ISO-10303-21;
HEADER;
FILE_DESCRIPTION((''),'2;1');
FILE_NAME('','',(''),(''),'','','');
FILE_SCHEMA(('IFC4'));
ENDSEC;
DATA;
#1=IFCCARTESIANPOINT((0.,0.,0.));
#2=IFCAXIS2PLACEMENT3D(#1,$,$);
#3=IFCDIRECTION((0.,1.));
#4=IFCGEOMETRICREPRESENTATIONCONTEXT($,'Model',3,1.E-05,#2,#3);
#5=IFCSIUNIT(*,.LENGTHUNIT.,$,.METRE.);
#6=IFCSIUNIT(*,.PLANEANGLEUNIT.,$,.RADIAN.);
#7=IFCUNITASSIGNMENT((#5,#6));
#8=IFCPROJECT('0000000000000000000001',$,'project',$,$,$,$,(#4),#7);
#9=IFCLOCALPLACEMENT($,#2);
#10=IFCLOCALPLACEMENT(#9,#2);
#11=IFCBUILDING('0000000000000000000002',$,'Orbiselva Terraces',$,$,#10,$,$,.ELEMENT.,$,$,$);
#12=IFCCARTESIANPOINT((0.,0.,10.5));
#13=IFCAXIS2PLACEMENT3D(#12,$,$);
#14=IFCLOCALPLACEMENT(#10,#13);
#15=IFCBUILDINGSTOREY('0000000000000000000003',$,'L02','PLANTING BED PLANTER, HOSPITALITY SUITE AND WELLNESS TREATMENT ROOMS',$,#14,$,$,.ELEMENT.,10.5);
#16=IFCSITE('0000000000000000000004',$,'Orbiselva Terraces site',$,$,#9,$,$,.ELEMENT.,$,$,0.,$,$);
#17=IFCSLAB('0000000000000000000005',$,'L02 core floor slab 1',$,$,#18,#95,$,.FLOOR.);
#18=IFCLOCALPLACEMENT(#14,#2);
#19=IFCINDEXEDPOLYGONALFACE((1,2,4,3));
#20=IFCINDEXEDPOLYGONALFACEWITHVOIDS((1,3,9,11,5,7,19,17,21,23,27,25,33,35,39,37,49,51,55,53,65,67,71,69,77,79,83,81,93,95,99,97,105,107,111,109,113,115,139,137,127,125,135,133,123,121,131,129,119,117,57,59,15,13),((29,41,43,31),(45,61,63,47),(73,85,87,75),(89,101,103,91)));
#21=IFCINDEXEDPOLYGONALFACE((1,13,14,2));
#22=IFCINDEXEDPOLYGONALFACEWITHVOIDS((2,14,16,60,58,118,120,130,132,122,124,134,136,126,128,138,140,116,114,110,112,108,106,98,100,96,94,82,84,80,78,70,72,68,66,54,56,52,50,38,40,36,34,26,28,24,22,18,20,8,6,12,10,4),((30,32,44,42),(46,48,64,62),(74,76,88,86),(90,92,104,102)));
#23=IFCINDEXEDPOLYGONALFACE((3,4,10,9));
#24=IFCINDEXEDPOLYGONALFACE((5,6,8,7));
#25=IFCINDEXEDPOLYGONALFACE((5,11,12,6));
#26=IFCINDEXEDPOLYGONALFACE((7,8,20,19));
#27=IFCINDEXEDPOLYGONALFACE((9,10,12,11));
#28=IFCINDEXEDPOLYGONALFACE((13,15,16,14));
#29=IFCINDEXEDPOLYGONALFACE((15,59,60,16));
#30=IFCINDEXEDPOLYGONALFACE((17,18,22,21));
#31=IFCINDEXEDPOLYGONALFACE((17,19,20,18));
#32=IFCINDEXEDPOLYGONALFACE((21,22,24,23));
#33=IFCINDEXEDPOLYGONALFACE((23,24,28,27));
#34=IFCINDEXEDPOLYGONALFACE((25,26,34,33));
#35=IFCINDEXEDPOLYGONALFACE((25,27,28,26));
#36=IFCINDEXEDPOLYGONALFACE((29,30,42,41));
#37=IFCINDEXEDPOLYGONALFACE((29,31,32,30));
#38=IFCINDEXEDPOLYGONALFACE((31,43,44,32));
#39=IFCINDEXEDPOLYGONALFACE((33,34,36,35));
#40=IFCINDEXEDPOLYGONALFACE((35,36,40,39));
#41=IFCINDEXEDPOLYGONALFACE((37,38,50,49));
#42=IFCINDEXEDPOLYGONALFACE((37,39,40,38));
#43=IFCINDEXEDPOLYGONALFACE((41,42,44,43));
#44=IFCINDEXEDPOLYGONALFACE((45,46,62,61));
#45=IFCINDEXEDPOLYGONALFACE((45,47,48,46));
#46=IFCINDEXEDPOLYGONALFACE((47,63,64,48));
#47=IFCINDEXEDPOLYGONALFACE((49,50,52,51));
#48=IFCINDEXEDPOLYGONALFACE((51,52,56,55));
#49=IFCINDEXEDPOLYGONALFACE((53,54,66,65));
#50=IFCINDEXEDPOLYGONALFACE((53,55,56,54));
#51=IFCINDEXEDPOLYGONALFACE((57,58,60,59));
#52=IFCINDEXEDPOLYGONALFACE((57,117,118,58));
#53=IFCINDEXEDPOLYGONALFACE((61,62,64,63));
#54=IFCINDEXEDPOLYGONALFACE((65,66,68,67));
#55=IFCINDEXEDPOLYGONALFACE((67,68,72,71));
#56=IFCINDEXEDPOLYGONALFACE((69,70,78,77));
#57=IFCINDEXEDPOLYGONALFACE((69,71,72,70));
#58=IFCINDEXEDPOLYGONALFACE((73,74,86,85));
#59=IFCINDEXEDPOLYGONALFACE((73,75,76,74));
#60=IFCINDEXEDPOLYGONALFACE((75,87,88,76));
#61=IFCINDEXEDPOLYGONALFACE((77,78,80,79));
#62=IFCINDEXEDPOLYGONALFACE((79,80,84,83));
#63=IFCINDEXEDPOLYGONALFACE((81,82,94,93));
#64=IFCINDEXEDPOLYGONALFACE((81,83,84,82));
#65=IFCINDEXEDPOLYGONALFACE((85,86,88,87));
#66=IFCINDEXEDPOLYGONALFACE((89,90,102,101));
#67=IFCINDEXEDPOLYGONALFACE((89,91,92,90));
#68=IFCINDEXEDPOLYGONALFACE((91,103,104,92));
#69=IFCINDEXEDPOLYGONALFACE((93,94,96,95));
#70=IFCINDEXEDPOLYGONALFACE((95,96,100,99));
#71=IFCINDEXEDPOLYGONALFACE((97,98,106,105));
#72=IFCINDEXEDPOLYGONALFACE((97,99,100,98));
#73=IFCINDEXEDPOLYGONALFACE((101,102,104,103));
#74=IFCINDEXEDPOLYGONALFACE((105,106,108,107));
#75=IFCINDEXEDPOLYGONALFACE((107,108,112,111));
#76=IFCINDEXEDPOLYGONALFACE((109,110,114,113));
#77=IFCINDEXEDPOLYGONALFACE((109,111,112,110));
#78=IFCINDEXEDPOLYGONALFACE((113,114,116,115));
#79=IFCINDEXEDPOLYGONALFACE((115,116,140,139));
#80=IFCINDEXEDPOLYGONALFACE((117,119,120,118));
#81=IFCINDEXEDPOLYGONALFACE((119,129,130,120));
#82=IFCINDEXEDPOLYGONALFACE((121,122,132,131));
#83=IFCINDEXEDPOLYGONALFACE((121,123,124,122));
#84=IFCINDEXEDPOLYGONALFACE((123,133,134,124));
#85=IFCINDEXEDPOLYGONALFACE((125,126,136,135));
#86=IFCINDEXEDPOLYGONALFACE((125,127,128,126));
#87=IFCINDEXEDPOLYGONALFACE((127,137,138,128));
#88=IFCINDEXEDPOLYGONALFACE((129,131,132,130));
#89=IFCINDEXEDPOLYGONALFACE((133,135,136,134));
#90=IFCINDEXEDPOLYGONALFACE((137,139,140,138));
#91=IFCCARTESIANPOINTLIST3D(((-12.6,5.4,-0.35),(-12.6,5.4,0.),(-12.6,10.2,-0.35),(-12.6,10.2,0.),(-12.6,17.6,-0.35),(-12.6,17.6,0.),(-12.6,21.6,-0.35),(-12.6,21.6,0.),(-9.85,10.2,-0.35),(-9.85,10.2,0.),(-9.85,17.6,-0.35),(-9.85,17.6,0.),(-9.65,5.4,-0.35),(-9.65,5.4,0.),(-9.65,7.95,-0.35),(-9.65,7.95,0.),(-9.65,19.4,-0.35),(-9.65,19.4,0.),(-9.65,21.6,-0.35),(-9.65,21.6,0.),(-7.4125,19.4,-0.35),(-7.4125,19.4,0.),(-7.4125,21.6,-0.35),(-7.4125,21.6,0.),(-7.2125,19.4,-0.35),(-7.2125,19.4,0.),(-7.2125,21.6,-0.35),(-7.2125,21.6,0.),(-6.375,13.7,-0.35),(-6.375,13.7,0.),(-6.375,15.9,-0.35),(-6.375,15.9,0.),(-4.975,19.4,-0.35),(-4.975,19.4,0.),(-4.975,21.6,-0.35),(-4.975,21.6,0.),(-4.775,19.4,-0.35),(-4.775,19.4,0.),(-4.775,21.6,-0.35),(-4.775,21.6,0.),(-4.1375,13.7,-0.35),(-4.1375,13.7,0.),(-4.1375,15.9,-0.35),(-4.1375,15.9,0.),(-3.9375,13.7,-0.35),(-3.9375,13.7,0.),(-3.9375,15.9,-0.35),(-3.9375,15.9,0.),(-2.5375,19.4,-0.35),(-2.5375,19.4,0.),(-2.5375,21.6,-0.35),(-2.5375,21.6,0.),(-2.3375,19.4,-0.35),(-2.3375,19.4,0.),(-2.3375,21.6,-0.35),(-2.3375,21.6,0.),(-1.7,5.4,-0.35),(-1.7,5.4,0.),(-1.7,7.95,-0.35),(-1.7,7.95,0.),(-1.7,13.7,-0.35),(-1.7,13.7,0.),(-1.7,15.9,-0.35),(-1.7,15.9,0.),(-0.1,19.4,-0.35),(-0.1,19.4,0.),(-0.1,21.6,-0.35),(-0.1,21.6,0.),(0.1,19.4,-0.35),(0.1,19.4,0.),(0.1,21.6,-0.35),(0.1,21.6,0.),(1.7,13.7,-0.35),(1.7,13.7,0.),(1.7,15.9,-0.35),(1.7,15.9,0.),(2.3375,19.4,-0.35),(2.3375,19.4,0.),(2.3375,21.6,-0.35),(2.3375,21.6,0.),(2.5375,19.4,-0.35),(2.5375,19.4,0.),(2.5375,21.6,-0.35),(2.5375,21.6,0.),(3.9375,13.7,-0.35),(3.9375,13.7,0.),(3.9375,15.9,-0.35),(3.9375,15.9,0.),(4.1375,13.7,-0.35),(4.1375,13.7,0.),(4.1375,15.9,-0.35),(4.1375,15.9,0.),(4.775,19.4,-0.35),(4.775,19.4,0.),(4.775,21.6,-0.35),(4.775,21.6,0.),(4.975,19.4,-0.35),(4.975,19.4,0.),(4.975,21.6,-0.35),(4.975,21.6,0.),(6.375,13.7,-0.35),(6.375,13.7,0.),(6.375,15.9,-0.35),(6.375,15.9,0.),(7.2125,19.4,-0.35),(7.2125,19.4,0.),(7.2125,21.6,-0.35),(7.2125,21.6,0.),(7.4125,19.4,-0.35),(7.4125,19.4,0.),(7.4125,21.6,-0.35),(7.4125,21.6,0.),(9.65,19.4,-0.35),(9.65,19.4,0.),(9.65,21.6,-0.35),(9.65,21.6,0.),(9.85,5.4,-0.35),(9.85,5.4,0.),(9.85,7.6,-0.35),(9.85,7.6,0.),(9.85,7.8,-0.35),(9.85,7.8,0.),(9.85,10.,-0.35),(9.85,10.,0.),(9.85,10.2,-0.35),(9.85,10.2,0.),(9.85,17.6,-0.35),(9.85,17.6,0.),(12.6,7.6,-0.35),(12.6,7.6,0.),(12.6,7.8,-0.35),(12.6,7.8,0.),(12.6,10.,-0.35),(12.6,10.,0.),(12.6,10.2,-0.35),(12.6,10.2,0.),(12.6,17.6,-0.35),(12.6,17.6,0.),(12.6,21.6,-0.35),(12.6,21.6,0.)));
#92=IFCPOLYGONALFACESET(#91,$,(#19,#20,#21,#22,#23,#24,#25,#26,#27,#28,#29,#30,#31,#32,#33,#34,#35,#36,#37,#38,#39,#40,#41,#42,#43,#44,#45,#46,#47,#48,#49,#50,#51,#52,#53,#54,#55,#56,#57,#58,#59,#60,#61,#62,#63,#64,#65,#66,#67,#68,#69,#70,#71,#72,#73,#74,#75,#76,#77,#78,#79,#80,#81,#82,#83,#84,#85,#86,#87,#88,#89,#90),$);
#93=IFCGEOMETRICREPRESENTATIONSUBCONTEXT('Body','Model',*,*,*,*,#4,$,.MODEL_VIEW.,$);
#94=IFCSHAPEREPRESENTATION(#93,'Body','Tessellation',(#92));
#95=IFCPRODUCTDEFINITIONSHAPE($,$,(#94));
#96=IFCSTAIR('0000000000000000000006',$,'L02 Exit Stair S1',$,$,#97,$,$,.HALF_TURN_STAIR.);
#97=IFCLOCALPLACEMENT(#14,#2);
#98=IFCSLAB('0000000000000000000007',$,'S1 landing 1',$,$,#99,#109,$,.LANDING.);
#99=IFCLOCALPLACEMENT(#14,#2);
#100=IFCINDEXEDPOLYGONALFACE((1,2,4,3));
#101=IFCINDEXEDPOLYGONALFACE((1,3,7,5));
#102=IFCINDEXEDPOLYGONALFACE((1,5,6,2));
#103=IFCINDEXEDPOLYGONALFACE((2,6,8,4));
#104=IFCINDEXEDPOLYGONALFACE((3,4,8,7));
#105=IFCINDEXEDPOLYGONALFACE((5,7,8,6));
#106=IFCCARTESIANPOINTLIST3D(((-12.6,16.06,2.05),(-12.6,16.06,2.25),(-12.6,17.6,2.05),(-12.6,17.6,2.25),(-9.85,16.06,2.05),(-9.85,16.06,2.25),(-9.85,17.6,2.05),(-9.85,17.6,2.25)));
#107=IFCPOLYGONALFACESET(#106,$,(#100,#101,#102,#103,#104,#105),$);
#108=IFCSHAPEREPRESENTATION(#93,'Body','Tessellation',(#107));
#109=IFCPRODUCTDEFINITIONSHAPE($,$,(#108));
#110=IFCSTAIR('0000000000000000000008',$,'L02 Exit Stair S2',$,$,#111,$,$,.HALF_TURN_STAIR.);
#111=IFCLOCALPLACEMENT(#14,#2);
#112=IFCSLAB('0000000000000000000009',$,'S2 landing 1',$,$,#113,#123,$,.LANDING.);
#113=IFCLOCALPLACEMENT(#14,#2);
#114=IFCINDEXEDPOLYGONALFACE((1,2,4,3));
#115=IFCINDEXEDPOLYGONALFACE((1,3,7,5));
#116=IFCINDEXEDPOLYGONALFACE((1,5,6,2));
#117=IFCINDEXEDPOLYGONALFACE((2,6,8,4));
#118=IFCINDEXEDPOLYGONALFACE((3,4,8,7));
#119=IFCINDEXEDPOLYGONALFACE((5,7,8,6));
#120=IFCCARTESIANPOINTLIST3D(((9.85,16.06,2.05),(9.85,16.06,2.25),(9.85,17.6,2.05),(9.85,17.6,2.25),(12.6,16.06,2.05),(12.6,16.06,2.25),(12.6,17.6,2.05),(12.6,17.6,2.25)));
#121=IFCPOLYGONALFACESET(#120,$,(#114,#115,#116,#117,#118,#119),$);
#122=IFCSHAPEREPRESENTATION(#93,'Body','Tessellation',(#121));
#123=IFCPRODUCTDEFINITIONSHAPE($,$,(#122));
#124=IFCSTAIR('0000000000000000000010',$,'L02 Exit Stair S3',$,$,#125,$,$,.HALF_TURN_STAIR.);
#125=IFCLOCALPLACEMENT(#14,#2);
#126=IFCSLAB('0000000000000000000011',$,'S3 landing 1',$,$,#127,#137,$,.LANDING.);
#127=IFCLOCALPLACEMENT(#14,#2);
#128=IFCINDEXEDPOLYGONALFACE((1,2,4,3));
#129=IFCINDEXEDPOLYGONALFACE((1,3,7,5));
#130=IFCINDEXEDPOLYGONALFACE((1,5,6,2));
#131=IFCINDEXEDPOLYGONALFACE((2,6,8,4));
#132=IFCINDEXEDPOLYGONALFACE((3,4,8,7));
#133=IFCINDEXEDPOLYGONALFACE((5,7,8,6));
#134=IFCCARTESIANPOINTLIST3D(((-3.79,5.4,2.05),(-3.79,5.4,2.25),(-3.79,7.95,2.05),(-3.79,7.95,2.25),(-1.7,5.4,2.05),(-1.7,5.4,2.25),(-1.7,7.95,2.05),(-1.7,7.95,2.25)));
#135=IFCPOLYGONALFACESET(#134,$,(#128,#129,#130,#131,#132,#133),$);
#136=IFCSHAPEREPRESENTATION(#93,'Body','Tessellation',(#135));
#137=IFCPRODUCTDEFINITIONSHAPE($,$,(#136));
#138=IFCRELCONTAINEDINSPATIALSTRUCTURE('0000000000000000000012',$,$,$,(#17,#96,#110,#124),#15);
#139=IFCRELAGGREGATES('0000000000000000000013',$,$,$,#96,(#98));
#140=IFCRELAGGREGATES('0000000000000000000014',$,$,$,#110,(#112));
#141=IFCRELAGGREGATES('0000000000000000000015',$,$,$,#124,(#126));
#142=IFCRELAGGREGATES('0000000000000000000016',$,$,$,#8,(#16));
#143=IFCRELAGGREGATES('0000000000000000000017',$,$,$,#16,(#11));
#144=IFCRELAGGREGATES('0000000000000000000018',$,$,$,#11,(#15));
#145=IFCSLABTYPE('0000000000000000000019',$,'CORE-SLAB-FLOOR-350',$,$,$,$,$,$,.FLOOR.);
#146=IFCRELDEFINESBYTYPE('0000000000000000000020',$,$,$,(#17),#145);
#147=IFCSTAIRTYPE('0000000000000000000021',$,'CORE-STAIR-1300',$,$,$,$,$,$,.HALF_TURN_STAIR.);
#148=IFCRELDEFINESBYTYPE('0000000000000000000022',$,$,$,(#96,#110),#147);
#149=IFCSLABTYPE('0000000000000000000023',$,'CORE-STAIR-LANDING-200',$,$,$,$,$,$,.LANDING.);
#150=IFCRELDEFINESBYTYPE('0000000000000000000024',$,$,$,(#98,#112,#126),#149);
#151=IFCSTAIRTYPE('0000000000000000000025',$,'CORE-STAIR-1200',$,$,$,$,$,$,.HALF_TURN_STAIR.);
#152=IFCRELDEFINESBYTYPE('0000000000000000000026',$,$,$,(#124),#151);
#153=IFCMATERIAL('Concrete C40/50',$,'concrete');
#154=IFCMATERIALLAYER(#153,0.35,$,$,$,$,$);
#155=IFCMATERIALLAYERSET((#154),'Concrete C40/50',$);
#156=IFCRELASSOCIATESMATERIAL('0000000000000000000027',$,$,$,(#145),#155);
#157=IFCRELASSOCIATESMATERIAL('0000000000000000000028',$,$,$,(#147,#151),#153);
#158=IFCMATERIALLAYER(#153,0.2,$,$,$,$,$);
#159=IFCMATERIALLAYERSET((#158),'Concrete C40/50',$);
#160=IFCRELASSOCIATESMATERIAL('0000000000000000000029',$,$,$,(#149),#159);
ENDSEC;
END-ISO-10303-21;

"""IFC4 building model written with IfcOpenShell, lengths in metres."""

from ifc_helpers import new_model, si_unit, direction, frame, origin, place, context, subcontext, project, spatial, polyline, outline, extrude, material, layer, layer_set, type_object, element, aggregate, save


model = new_model("IFC4")

# Units and contexts
model_context = context("Model", 3, precision=1e-05, world=origin(), true_north=direction((0.0, 1.0)))
body_context = subcontext(model_context, "Body", "Model", "MODEL_VIEW")
ifc_project = project(units=[si_unit("LENGTHUNIT", "METRE"), si_unit("PLANEANGLEUNIT", "RADIAN")], contexts=[model_context])

# Site, building, storey
site_placement = place(None, origin())
site = spatial("IfcSite", under=ifc_project, at=site_placement, Name="Orbiselva Terraces site", CompositionType="ELEMENT", RefElevation=0.0)
building_placement = place(site_placement, origin())
building = spatial("IfcBuilding", under=site, at=building_placement, Name="Orbiselva Terraces", CompositionType="ELEMENT")
storey_placement = place(building_placement, frame((0.0, 0.0, 10.5)))
storey = spatial("IfcBuildingStorey", under=building, at=storey_placement, Name="L02", Description="PLANTING BED PLANTER, HOSPITALITY SUITE AND WELLNESS TREATMENT ROOMS", CompositionType="ELEMENT", Elevation=10.5)

# Slab
ifc_material_1 = material(Name="Concrete C40/50", Category="concrete")
ifc_layer_1 = layer(ifc_material_1, 0.35)
ifc_layer_set_1 = layer_set([ifc_layer_1], Name="Concrete C40/50")
slab_type_1 = type_object("IfcSlabType", Name="CORE-SLAB-FLOOR-350", PredefinedType="FLOOR", material=ifc_layer_set_1)
slab_1_placement = place(storey_placement, frame((0.0, 0.0, -0.35)))
element("IfcSlab", 1, at=slab_1_placement, inside=storey, type_object=slab_type_1, Name="L02 core floor slab 1", PredefinedType="FLOOR", context=body_context, shape_type="SweptSolid", body=[
    extrude(outline(polyline([(-1.7, 5.4), (-1.7, 7.95), (-9.65, 7.95), (-9.65, 5.4), (-12.6, 5.4), (-12.6, 10.2), (-9.85, 10.2), (-9.85, 17.6), (-12.6, 17.6), (-12.6, 21.6), (-9.65, 21.6), (-9.65, 19.4), (-7.4125, 19.4), (-7.4125, 21.6), (-7.2125, 21.6), (-7.2125, 19.4), (-4.975, 19.4), (-4.975, 21.6), (-4.775, 21.6), (-4.775, 19.4), (-2.5375, 19.4), (-2.5375, 21.6), (-2.3375, 21.6), (-2.3375, 19.4), (-0.1, 19.4), (-0.1, 21.6), (0.1, 21.6), (0.1, 19.4), (2.3375, 19.4), (2.3375, 21.6), (2.5375, 21.6), (2.5375, 19.4), (4.775, 19.4), (4.775, 21.6), (4.975, 21.6), (4.975, 19.4), (7.2125, 19.4), (7.2125, 21.6), (7.4125, 21.6), (7.4125, 19.4), (9.65, 19.4), (9.65, 21.6), (12.6, 21.6), (12.6, 17.6), (9.85, 17.6), (9.85, 10.2), (12.6, 10.2), (12.6, 10.0), (9.85, 10.0), (9.85, 7.8), (12.6, 7.8), (12.6, 7.6), (9.85, 7.6), (9.85, 5.4), (-1.7, 5.4)]), holes=[polyline([(-4.1375, 13.7), (-4.1375, 15.9), (-6.375, 15.9), (-6.375, 13.7), (-4.1375, 13.7)]), polyline([(-1.7, 13.7), (-1.7, 15.9), (-3.9375, 15.9), (-3.9375, 13.7), (-1.7, 13.7)]), polyline([(3.9375, 13.7), (3.9375, 15.9), (1.7, 15.9), (1.7, 13.7), (3.9375, 13.7)]), polyline([(6.375, 13.7), (6.375, 15.9), (4.1375, 15.9), (4.1375, 13.7), (6.375, 13.7)])]), origin(), (0.0, 0.0, 1.0), 0.35),
])

# Stairs, slabs
stair_type_1 = type_object("IfcStairType", Name="CORE-STAIR-1300", PredefinedType="HALF_TURN_STAIR", material=ifc_material_1)
stair_1_placement = place(storey_placement, origin())
stair_1 = element("IfcStair", 2, at=stair_1_placement, inside=storey, type_object=stair_type_1, Name="L02 Exit Stair S1", PredefinedType="HALF_TURN_STAIR")
ifc_layer_2 = layer(ifc_material_1, 0.2)
ifc_layer_set_2 = layer_set([ifc_layer_2], Name="Concrete C40/50")
slab_type_2 = type_object("IfcSlabType", Name="CORE-STAIR-LANDING-200", PredefinedType="LANDING", material=ifc_layer_set_2)
slab_2_placement = place(storey_placement, frame((0.0, 0.0, 2.05)))
slab_2 = element("IfcSlab", 3, at=slab_2_placement, type_object=slab_type_2, Name="S1 landing 1", PredefinedType="LANDING", context=body_context, shape_type="SweptSolid", body=[
    extrude(outline(polyline([(-9.85, 16.06), (-9.85, 17.6), (-12.6, 17.6), (-12.6, 16.06), (-9.85, 16.06)])), origin(), (0.0, 0.0, 1.0), 0.2),
])
aggregate(stair_1, [slab_2])
stair_2_placement = place(storey_placement, origin())
stair_2 = element("IfcStair", 4, at=stair_2_placement, inside=storey, type_object=stair_type_1, Name="L02 Exit Stair S2", PredefinedType="HALF_TURN_STAIR")
slab_3_placement = place(storey_placement, frame((0.0, 0.0, 2.05)))
slab_3 = element("IfcSlab", 5, at=slab_3_placement, type_object=slab_type_2, Name="S2 landing 1", PredefinedType="LANDING", context=body_context, shape_type="SweptSolid", body=[
    extrude(outline(polyline([(12.6, 16.06), (12.6, 17.6), (9.85, 17.6), (9.85, 16.06), (12.6, 16.06)])), origin(), (0.0, 0.0, 1.0), 0.2),
])
aggregate(stair_2, [slab_3])
stair_type_2 = type_object("IfcStairType", Name="CORE-STAIR-1200", PredefinedType="HALF_TURN_STAIR", material=ifc_material_1)
stair_3_placement = place(storey_placement, origin())
stair_3 = element("IfcStair", 6, at=stair_3_placement, inside=storey, type_object=stair_type_2, Name="L02 Exit Stair S3", PredefinedType="HALF_TURN_STAIR")
slab_4_placement = place(storey_placement, frame((0.0, 0.0, 2.05)))
slab_4 = element("IfcSlab", 7, at=slab_4_placement, type_object=slab_type_2, Name="S3 landing 1", PredefinedType="LANDING", context=body_context, shape_type="SweptSolid", body=[
    extrude(outline(polyline([(-3.79, 5.4), (-1.7, 5.4), (-1.7, 7.95), (-3.79, 7.95), (-3.79, 5.4)])), origin(), (0.0, 0.0, 1.0), 0.2),
])
aggregate(stair_3, [slab_4])

save(model, "model.ifc")
